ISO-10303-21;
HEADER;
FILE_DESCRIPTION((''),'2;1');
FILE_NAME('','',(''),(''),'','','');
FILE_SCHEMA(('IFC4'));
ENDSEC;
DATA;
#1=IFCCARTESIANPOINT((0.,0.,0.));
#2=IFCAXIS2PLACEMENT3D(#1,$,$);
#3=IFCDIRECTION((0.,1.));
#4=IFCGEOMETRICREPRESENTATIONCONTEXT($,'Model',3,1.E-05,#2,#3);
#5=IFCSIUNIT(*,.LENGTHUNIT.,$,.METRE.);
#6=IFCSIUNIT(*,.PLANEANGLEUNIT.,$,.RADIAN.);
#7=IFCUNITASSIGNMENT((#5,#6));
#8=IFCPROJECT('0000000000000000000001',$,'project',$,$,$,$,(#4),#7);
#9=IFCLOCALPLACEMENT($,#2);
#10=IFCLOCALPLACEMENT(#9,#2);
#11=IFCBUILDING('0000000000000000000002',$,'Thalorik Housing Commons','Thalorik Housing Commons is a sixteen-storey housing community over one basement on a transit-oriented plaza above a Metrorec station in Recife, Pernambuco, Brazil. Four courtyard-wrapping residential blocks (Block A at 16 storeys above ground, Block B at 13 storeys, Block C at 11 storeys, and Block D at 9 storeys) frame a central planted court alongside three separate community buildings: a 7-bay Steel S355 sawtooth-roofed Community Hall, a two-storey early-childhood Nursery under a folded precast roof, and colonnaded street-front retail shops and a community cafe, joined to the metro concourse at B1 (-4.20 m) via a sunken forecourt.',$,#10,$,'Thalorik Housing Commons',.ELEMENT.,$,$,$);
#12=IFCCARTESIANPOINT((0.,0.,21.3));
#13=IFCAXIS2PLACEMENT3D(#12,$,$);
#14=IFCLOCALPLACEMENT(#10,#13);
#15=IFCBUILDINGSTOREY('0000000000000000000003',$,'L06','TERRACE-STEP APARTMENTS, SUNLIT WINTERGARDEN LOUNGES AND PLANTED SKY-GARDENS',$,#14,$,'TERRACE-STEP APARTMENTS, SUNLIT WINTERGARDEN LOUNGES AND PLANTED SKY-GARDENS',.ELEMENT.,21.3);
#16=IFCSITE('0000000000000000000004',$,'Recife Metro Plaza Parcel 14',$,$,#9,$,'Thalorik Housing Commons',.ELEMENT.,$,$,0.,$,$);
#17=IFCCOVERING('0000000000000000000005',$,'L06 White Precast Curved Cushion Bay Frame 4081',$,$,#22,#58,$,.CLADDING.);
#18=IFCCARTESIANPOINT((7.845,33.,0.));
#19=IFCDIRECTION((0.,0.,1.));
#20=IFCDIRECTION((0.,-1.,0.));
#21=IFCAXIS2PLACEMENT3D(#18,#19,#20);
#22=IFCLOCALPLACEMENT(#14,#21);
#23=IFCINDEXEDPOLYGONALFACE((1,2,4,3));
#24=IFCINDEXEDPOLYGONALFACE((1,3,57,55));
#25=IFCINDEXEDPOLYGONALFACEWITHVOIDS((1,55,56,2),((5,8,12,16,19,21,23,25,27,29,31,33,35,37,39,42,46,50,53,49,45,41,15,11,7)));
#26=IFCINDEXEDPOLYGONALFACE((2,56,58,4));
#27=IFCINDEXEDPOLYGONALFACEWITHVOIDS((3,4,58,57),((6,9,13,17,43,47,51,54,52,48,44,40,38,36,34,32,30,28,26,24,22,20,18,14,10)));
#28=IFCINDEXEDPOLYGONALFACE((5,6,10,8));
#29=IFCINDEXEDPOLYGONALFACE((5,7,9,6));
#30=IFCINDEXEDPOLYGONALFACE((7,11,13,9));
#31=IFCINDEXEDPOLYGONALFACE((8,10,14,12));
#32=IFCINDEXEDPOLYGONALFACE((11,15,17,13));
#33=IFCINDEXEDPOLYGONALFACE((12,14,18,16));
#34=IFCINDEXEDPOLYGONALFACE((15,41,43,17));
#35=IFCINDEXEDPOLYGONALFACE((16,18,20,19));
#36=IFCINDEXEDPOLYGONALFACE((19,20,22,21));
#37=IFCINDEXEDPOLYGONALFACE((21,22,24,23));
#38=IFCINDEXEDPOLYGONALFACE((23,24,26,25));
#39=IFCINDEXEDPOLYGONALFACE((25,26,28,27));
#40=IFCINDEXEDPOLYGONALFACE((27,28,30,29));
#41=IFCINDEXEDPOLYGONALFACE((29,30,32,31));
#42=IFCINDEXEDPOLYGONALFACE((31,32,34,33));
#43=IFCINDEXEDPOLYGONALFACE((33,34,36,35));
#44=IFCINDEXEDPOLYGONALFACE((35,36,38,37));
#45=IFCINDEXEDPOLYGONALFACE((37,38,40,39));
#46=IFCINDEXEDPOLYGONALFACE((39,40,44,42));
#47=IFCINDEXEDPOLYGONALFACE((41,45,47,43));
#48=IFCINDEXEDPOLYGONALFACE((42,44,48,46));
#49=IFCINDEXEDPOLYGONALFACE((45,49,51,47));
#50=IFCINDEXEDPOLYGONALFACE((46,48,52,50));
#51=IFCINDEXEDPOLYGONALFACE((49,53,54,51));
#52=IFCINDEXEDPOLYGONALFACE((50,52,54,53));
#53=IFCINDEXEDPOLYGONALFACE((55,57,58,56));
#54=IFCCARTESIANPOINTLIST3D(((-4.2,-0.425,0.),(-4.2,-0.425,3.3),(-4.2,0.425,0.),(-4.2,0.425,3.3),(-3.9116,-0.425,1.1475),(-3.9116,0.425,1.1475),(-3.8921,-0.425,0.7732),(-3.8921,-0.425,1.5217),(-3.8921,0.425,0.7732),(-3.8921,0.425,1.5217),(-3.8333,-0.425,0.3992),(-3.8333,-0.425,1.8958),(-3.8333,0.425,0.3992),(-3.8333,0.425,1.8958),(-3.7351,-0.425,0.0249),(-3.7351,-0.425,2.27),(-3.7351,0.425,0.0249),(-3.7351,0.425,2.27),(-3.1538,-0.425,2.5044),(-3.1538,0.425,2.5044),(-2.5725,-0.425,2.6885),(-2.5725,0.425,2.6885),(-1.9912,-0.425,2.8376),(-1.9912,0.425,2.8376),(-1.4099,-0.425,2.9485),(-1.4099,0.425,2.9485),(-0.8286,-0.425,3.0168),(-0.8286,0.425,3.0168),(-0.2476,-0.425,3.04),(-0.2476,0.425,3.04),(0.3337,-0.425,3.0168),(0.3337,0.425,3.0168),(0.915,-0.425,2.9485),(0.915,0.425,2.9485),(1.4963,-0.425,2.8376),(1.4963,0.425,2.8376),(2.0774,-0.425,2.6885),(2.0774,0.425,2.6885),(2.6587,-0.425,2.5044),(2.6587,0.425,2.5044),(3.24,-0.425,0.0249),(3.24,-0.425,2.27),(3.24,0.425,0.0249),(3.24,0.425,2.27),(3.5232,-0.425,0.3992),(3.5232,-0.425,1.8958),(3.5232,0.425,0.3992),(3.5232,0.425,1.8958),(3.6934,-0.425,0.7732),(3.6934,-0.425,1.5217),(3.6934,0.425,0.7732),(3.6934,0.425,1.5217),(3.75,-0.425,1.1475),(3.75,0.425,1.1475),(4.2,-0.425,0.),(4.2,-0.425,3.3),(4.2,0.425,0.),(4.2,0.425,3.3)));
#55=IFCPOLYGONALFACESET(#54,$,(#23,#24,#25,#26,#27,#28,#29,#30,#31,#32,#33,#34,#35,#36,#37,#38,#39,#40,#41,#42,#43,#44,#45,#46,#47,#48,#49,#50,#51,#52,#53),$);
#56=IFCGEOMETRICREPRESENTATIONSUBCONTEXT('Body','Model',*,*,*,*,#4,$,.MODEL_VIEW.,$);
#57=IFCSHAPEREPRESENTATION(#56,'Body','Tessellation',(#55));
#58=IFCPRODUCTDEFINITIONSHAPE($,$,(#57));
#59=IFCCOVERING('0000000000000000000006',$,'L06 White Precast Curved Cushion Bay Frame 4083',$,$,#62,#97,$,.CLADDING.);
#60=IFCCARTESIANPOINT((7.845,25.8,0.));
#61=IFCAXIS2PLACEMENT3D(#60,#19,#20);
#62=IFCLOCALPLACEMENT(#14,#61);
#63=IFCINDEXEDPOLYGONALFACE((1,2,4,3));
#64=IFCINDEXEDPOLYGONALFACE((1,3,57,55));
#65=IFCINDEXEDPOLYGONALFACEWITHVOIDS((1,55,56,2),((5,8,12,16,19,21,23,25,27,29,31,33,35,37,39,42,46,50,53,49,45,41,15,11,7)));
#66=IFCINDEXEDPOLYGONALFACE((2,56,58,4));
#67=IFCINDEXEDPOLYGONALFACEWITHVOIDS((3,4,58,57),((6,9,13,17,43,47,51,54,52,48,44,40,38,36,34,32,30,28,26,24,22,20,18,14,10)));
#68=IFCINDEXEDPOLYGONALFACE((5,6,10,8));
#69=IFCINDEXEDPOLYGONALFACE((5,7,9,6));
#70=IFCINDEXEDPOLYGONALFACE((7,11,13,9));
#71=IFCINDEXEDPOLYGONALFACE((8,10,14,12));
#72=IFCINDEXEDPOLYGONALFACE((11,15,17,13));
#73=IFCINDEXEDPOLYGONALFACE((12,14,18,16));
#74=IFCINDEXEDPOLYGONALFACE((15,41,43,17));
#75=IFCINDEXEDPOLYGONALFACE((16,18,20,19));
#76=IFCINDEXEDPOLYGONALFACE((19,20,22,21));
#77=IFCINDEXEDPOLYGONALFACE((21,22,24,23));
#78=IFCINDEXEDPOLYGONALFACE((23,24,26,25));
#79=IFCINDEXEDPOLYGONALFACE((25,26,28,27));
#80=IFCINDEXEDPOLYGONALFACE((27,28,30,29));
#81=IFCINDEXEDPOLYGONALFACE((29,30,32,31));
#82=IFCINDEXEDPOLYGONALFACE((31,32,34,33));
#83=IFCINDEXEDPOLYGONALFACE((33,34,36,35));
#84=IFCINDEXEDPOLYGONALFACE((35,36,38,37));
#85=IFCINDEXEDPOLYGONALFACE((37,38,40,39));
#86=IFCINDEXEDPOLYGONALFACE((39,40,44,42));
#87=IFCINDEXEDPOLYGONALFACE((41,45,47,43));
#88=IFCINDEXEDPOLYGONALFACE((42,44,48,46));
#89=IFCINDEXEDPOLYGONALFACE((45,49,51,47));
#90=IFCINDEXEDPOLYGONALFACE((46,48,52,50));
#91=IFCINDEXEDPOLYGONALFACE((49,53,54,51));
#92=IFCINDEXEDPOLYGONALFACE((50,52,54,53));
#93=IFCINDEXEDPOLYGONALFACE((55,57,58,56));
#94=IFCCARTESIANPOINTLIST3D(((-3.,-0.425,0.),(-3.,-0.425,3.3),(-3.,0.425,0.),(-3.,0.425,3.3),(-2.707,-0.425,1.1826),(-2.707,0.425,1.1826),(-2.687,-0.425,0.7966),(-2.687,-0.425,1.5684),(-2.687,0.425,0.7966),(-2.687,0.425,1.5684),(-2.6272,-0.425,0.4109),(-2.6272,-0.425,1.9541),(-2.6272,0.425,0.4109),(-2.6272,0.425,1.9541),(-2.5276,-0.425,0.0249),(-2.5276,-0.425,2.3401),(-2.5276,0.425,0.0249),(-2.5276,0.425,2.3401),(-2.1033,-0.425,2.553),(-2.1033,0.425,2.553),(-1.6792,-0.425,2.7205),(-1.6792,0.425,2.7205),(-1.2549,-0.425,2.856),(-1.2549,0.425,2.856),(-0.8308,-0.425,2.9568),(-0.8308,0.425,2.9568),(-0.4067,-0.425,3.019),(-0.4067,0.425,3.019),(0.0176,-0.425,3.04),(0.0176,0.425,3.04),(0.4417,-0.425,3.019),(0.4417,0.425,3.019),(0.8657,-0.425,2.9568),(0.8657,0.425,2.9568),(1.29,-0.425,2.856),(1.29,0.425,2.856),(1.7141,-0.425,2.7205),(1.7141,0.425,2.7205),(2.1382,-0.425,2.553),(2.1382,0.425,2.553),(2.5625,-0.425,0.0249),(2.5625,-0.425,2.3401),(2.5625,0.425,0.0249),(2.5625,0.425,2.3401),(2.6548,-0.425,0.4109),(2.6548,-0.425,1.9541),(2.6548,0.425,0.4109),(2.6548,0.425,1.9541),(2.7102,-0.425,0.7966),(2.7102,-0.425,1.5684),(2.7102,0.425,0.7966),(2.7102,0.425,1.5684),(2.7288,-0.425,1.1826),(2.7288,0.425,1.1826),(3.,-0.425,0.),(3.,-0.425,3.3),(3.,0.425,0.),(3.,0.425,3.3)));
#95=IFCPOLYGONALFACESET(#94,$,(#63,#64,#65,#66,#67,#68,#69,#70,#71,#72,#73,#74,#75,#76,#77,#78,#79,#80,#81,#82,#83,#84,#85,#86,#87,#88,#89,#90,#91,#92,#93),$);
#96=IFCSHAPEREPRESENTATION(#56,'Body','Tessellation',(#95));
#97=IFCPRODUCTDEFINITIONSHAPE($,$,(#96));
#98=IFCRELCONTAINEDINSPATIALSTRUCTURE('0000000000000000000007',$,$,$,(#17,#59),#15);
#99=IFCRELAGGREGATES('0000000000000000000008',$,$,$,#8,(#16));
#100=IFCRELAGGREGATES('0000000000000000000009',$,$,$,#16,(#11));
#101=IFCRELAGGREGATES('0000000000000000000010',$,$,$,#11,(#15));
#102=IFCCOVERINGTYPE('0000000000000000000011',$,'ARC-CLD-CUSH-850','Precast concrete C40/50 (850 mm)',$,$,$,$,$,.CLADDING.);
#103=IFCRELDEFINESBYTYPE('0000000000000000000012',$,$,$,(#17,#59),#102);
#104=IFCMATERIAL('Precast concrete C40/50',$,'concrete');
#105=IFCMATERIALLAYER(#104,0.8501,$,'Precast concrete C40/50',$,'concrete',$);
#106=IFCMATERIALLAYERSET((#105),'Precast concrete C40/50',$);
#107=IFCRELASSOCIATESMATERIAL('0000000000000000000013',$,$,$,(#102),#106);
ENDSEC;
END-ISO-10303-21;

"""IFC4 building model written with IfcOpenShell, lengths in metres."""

from ifc_helpers import new_model, si_unit, direction, frame, origin, place, context, subcontext, project, spatial, polyline, outline, extrude, material, layer, layer_set, type_object, element, save


model = new_model("IFC4")

# Units and contexts
model_context = context("Model", 3, precision=1e-05, world=origin(), true_north=direction((0.0, 1.0)))
body_context = subcontext(model_context, "Body", "Model", "MODEL_VIEW")
ifc_project = project(units=[si_unit("LENGTHUNIT", "METRE"), si_unit("PLANEANGLEUNIT", "RADIAN")], contexts=[model_context])

# Site, building, storey
site_placement = place(None, origin())
site = spatial("IfcSite", under=ifc_project, at=site_placement, Name="Recife Metro Plaza Parcel 14", LongName="Thalorik Housing Commons", CompositionType="ELEMENT", RefElevation=0.0)
building_placement = place(site_placement, origin())
building = spatial("IfcBuilding", under=site, at=building_placement, Name="Thalorik Housing Commons", Description="Thalorik Housing Commons is a sixteen-storey housing community over one basement on a transit-oriented plaza above a Metrorec station in Recife, Pernambuco, Brazil. Four courtyard-wrapping residential blocks (Block A at 16 storeys above ground, Block B at 13 storeys, Block C at 11 storeys, and Block D at 9 storeys) frame a central planted court alongside three separate community buildings: a 7-bay Steel S355 sawtooth-roofed Community Hall, a two-storey early-childhood Nursery under a folded precast roof, and colonnaded street-front retail shops and a community cafe, joined to the metro concourse at B1 (-4.20 m) via a sunken forecourt.", LongName="Thalorik Housing Commons", CompositionType="ELEMENT")
storey_placement = place(building_placement, frame((0.0, 0.0, 21.3)))
storey = spatial("IfcBuildingStorey", under=building, at=storey_placement, Name="L06", Description="TERRACE-STEP APARTMENTS, SUNLIT WINTERGARDEN LOUNGES AND PLANTED SKY-GARDENS", LongName="TERRACE-STEP APARTMENTS, SUNLIT WINTERGARDEN LOUNGES AND PLANTED SKY-GARDENS", CompositionType="ELEMENT", Elevation=21.3)

# Shared definitions
ifc_material_1 = material(Name="Precast concrete C40/50", Category="concrete")

# Coverings
ifc_layer_1 = layer(ifc_material_1, 0.8501, Name="Precast concrete C40/50", Category="concrete")
ifc_layer_set_1 = layer_set([ifc_layer_1], Name="Precast concrete C40/50")
covering_type_1 = type_object("IfcCoveringType", Name="ARC-CLD-CUSH-850", Description="Precast concrete C40/50 (850 mm)", PredefinedType="CLADDING", material=ifc_layer_set_1)
covering_1_placement = place(storey_placement, frame((7.845, 33.0, 0.0), z_axis=(0.0, 0.0, 1.0), x_axis=(0.0, -1.0, 0.0)))
element("IfcCovering", 1, at=covering_1_placement, inside=storey, type_object=covering_type_1, Name="L06 White Precast Curved Cushion Bay Frame 4081", PredefinedType="CLADDING", context=body_context, shape_type="SweptSolid", body=[
    extrude(outline(polyline([(-4.2, 0.0), (4.2, 0.0), (4.2, 3.3), (-4.2, 3.3), (-4.2, 0.0)]), holes=[polyline([(3.24, 0.0249), (3.5232, 0.3992), (3.6934, 0.7732), (3.75, 1.1475), (3.6934, 1.5217), (3.5232, 1.8958), (3.24, 2.27), (2.6587, 2.5044), (2.0774, 2.6885), (1.4963, 2.8376), (0.915, 2.9485), (0.3337, 3.0168), (-0.2476, 3.04), (-0.8286, 3.0168), (-1.4099, 2.9485), (-1.9912, 2.8376), (-2.5725, 2.6885), (-3.1538, 2.5044), (-3.7351, 2.27), (-3.8333, 1.8958), (-3.8921, 1.5217), (-3.9116, 1.1475), (-3.8921, 0.7732), (-3.8333, 0.3992), (-3.7351, 0.0249), (3.24, 0.0249)])]), frame((0.0, 0.425, 0.0), z_axis=(0.0, -1.0, 0.0), x_axis=(1.0, 0.0, 0.0)), (0.0, 0.0, 1.0), 0.8501),
])
covering_2_placement = place(storey_placement, frame((7.845, 25.8, 0.0), z_axis=(0.0, 0.0, 1.0), x_axis=(0.0, -1.0, 0.0)))
element("IfcCovering", 2, at=covering_2_placement, inside=storey, type_object=covering_type_1, Name="L06 White Precast Curved Cushion Bay Frame 4083", PredefinedType="CLADDING", context=body_context, shape_type="SweptSolid", body=[
    extrude(outline(polyline([(-3.0, 0.0), (3.0, 0.0), (3.0, 3.3), (-3.0, 3.3), (-3.0, 0.0)]), holes=[polyline([(2.5625, 0.0249), (2.6548, 0.4109), (2.7102, 0.7966), (2.7288, 1.1826), (2.7102, 1.5684), (2.6548, 1.9541), (2.5625, 2.3401), (2.1382, 2.553), (1.7141, 2.7205), (1.29, 2.856), (0.8657, 2.9568), (0.4417, 3.019), (0.0176, 3.04), (-0.4067, 3.019), (-0.8308, 2.9568), (-1.2549, 2.856), (-1.6792, 2.7205), (-2.1033, 2.553), (-2.5276, 2.3401), (-2.6272, 1.9541), (-2.687, 1.5684), (-2.707, 1.1826), (-2.687, 0.7966), (-2.6272, 0.4109), (-2.5276, 0.0249), (2.5625, 0.0249)])]), frame((0.0, 0.425, 0.0), z_axis=(0.0, -1.0, 0.0), x_axis=(1.0, 0.0, 0.0)), (0.0, 0.0, 1.0), 0.8501),
])

save(model, "model.ifc")
